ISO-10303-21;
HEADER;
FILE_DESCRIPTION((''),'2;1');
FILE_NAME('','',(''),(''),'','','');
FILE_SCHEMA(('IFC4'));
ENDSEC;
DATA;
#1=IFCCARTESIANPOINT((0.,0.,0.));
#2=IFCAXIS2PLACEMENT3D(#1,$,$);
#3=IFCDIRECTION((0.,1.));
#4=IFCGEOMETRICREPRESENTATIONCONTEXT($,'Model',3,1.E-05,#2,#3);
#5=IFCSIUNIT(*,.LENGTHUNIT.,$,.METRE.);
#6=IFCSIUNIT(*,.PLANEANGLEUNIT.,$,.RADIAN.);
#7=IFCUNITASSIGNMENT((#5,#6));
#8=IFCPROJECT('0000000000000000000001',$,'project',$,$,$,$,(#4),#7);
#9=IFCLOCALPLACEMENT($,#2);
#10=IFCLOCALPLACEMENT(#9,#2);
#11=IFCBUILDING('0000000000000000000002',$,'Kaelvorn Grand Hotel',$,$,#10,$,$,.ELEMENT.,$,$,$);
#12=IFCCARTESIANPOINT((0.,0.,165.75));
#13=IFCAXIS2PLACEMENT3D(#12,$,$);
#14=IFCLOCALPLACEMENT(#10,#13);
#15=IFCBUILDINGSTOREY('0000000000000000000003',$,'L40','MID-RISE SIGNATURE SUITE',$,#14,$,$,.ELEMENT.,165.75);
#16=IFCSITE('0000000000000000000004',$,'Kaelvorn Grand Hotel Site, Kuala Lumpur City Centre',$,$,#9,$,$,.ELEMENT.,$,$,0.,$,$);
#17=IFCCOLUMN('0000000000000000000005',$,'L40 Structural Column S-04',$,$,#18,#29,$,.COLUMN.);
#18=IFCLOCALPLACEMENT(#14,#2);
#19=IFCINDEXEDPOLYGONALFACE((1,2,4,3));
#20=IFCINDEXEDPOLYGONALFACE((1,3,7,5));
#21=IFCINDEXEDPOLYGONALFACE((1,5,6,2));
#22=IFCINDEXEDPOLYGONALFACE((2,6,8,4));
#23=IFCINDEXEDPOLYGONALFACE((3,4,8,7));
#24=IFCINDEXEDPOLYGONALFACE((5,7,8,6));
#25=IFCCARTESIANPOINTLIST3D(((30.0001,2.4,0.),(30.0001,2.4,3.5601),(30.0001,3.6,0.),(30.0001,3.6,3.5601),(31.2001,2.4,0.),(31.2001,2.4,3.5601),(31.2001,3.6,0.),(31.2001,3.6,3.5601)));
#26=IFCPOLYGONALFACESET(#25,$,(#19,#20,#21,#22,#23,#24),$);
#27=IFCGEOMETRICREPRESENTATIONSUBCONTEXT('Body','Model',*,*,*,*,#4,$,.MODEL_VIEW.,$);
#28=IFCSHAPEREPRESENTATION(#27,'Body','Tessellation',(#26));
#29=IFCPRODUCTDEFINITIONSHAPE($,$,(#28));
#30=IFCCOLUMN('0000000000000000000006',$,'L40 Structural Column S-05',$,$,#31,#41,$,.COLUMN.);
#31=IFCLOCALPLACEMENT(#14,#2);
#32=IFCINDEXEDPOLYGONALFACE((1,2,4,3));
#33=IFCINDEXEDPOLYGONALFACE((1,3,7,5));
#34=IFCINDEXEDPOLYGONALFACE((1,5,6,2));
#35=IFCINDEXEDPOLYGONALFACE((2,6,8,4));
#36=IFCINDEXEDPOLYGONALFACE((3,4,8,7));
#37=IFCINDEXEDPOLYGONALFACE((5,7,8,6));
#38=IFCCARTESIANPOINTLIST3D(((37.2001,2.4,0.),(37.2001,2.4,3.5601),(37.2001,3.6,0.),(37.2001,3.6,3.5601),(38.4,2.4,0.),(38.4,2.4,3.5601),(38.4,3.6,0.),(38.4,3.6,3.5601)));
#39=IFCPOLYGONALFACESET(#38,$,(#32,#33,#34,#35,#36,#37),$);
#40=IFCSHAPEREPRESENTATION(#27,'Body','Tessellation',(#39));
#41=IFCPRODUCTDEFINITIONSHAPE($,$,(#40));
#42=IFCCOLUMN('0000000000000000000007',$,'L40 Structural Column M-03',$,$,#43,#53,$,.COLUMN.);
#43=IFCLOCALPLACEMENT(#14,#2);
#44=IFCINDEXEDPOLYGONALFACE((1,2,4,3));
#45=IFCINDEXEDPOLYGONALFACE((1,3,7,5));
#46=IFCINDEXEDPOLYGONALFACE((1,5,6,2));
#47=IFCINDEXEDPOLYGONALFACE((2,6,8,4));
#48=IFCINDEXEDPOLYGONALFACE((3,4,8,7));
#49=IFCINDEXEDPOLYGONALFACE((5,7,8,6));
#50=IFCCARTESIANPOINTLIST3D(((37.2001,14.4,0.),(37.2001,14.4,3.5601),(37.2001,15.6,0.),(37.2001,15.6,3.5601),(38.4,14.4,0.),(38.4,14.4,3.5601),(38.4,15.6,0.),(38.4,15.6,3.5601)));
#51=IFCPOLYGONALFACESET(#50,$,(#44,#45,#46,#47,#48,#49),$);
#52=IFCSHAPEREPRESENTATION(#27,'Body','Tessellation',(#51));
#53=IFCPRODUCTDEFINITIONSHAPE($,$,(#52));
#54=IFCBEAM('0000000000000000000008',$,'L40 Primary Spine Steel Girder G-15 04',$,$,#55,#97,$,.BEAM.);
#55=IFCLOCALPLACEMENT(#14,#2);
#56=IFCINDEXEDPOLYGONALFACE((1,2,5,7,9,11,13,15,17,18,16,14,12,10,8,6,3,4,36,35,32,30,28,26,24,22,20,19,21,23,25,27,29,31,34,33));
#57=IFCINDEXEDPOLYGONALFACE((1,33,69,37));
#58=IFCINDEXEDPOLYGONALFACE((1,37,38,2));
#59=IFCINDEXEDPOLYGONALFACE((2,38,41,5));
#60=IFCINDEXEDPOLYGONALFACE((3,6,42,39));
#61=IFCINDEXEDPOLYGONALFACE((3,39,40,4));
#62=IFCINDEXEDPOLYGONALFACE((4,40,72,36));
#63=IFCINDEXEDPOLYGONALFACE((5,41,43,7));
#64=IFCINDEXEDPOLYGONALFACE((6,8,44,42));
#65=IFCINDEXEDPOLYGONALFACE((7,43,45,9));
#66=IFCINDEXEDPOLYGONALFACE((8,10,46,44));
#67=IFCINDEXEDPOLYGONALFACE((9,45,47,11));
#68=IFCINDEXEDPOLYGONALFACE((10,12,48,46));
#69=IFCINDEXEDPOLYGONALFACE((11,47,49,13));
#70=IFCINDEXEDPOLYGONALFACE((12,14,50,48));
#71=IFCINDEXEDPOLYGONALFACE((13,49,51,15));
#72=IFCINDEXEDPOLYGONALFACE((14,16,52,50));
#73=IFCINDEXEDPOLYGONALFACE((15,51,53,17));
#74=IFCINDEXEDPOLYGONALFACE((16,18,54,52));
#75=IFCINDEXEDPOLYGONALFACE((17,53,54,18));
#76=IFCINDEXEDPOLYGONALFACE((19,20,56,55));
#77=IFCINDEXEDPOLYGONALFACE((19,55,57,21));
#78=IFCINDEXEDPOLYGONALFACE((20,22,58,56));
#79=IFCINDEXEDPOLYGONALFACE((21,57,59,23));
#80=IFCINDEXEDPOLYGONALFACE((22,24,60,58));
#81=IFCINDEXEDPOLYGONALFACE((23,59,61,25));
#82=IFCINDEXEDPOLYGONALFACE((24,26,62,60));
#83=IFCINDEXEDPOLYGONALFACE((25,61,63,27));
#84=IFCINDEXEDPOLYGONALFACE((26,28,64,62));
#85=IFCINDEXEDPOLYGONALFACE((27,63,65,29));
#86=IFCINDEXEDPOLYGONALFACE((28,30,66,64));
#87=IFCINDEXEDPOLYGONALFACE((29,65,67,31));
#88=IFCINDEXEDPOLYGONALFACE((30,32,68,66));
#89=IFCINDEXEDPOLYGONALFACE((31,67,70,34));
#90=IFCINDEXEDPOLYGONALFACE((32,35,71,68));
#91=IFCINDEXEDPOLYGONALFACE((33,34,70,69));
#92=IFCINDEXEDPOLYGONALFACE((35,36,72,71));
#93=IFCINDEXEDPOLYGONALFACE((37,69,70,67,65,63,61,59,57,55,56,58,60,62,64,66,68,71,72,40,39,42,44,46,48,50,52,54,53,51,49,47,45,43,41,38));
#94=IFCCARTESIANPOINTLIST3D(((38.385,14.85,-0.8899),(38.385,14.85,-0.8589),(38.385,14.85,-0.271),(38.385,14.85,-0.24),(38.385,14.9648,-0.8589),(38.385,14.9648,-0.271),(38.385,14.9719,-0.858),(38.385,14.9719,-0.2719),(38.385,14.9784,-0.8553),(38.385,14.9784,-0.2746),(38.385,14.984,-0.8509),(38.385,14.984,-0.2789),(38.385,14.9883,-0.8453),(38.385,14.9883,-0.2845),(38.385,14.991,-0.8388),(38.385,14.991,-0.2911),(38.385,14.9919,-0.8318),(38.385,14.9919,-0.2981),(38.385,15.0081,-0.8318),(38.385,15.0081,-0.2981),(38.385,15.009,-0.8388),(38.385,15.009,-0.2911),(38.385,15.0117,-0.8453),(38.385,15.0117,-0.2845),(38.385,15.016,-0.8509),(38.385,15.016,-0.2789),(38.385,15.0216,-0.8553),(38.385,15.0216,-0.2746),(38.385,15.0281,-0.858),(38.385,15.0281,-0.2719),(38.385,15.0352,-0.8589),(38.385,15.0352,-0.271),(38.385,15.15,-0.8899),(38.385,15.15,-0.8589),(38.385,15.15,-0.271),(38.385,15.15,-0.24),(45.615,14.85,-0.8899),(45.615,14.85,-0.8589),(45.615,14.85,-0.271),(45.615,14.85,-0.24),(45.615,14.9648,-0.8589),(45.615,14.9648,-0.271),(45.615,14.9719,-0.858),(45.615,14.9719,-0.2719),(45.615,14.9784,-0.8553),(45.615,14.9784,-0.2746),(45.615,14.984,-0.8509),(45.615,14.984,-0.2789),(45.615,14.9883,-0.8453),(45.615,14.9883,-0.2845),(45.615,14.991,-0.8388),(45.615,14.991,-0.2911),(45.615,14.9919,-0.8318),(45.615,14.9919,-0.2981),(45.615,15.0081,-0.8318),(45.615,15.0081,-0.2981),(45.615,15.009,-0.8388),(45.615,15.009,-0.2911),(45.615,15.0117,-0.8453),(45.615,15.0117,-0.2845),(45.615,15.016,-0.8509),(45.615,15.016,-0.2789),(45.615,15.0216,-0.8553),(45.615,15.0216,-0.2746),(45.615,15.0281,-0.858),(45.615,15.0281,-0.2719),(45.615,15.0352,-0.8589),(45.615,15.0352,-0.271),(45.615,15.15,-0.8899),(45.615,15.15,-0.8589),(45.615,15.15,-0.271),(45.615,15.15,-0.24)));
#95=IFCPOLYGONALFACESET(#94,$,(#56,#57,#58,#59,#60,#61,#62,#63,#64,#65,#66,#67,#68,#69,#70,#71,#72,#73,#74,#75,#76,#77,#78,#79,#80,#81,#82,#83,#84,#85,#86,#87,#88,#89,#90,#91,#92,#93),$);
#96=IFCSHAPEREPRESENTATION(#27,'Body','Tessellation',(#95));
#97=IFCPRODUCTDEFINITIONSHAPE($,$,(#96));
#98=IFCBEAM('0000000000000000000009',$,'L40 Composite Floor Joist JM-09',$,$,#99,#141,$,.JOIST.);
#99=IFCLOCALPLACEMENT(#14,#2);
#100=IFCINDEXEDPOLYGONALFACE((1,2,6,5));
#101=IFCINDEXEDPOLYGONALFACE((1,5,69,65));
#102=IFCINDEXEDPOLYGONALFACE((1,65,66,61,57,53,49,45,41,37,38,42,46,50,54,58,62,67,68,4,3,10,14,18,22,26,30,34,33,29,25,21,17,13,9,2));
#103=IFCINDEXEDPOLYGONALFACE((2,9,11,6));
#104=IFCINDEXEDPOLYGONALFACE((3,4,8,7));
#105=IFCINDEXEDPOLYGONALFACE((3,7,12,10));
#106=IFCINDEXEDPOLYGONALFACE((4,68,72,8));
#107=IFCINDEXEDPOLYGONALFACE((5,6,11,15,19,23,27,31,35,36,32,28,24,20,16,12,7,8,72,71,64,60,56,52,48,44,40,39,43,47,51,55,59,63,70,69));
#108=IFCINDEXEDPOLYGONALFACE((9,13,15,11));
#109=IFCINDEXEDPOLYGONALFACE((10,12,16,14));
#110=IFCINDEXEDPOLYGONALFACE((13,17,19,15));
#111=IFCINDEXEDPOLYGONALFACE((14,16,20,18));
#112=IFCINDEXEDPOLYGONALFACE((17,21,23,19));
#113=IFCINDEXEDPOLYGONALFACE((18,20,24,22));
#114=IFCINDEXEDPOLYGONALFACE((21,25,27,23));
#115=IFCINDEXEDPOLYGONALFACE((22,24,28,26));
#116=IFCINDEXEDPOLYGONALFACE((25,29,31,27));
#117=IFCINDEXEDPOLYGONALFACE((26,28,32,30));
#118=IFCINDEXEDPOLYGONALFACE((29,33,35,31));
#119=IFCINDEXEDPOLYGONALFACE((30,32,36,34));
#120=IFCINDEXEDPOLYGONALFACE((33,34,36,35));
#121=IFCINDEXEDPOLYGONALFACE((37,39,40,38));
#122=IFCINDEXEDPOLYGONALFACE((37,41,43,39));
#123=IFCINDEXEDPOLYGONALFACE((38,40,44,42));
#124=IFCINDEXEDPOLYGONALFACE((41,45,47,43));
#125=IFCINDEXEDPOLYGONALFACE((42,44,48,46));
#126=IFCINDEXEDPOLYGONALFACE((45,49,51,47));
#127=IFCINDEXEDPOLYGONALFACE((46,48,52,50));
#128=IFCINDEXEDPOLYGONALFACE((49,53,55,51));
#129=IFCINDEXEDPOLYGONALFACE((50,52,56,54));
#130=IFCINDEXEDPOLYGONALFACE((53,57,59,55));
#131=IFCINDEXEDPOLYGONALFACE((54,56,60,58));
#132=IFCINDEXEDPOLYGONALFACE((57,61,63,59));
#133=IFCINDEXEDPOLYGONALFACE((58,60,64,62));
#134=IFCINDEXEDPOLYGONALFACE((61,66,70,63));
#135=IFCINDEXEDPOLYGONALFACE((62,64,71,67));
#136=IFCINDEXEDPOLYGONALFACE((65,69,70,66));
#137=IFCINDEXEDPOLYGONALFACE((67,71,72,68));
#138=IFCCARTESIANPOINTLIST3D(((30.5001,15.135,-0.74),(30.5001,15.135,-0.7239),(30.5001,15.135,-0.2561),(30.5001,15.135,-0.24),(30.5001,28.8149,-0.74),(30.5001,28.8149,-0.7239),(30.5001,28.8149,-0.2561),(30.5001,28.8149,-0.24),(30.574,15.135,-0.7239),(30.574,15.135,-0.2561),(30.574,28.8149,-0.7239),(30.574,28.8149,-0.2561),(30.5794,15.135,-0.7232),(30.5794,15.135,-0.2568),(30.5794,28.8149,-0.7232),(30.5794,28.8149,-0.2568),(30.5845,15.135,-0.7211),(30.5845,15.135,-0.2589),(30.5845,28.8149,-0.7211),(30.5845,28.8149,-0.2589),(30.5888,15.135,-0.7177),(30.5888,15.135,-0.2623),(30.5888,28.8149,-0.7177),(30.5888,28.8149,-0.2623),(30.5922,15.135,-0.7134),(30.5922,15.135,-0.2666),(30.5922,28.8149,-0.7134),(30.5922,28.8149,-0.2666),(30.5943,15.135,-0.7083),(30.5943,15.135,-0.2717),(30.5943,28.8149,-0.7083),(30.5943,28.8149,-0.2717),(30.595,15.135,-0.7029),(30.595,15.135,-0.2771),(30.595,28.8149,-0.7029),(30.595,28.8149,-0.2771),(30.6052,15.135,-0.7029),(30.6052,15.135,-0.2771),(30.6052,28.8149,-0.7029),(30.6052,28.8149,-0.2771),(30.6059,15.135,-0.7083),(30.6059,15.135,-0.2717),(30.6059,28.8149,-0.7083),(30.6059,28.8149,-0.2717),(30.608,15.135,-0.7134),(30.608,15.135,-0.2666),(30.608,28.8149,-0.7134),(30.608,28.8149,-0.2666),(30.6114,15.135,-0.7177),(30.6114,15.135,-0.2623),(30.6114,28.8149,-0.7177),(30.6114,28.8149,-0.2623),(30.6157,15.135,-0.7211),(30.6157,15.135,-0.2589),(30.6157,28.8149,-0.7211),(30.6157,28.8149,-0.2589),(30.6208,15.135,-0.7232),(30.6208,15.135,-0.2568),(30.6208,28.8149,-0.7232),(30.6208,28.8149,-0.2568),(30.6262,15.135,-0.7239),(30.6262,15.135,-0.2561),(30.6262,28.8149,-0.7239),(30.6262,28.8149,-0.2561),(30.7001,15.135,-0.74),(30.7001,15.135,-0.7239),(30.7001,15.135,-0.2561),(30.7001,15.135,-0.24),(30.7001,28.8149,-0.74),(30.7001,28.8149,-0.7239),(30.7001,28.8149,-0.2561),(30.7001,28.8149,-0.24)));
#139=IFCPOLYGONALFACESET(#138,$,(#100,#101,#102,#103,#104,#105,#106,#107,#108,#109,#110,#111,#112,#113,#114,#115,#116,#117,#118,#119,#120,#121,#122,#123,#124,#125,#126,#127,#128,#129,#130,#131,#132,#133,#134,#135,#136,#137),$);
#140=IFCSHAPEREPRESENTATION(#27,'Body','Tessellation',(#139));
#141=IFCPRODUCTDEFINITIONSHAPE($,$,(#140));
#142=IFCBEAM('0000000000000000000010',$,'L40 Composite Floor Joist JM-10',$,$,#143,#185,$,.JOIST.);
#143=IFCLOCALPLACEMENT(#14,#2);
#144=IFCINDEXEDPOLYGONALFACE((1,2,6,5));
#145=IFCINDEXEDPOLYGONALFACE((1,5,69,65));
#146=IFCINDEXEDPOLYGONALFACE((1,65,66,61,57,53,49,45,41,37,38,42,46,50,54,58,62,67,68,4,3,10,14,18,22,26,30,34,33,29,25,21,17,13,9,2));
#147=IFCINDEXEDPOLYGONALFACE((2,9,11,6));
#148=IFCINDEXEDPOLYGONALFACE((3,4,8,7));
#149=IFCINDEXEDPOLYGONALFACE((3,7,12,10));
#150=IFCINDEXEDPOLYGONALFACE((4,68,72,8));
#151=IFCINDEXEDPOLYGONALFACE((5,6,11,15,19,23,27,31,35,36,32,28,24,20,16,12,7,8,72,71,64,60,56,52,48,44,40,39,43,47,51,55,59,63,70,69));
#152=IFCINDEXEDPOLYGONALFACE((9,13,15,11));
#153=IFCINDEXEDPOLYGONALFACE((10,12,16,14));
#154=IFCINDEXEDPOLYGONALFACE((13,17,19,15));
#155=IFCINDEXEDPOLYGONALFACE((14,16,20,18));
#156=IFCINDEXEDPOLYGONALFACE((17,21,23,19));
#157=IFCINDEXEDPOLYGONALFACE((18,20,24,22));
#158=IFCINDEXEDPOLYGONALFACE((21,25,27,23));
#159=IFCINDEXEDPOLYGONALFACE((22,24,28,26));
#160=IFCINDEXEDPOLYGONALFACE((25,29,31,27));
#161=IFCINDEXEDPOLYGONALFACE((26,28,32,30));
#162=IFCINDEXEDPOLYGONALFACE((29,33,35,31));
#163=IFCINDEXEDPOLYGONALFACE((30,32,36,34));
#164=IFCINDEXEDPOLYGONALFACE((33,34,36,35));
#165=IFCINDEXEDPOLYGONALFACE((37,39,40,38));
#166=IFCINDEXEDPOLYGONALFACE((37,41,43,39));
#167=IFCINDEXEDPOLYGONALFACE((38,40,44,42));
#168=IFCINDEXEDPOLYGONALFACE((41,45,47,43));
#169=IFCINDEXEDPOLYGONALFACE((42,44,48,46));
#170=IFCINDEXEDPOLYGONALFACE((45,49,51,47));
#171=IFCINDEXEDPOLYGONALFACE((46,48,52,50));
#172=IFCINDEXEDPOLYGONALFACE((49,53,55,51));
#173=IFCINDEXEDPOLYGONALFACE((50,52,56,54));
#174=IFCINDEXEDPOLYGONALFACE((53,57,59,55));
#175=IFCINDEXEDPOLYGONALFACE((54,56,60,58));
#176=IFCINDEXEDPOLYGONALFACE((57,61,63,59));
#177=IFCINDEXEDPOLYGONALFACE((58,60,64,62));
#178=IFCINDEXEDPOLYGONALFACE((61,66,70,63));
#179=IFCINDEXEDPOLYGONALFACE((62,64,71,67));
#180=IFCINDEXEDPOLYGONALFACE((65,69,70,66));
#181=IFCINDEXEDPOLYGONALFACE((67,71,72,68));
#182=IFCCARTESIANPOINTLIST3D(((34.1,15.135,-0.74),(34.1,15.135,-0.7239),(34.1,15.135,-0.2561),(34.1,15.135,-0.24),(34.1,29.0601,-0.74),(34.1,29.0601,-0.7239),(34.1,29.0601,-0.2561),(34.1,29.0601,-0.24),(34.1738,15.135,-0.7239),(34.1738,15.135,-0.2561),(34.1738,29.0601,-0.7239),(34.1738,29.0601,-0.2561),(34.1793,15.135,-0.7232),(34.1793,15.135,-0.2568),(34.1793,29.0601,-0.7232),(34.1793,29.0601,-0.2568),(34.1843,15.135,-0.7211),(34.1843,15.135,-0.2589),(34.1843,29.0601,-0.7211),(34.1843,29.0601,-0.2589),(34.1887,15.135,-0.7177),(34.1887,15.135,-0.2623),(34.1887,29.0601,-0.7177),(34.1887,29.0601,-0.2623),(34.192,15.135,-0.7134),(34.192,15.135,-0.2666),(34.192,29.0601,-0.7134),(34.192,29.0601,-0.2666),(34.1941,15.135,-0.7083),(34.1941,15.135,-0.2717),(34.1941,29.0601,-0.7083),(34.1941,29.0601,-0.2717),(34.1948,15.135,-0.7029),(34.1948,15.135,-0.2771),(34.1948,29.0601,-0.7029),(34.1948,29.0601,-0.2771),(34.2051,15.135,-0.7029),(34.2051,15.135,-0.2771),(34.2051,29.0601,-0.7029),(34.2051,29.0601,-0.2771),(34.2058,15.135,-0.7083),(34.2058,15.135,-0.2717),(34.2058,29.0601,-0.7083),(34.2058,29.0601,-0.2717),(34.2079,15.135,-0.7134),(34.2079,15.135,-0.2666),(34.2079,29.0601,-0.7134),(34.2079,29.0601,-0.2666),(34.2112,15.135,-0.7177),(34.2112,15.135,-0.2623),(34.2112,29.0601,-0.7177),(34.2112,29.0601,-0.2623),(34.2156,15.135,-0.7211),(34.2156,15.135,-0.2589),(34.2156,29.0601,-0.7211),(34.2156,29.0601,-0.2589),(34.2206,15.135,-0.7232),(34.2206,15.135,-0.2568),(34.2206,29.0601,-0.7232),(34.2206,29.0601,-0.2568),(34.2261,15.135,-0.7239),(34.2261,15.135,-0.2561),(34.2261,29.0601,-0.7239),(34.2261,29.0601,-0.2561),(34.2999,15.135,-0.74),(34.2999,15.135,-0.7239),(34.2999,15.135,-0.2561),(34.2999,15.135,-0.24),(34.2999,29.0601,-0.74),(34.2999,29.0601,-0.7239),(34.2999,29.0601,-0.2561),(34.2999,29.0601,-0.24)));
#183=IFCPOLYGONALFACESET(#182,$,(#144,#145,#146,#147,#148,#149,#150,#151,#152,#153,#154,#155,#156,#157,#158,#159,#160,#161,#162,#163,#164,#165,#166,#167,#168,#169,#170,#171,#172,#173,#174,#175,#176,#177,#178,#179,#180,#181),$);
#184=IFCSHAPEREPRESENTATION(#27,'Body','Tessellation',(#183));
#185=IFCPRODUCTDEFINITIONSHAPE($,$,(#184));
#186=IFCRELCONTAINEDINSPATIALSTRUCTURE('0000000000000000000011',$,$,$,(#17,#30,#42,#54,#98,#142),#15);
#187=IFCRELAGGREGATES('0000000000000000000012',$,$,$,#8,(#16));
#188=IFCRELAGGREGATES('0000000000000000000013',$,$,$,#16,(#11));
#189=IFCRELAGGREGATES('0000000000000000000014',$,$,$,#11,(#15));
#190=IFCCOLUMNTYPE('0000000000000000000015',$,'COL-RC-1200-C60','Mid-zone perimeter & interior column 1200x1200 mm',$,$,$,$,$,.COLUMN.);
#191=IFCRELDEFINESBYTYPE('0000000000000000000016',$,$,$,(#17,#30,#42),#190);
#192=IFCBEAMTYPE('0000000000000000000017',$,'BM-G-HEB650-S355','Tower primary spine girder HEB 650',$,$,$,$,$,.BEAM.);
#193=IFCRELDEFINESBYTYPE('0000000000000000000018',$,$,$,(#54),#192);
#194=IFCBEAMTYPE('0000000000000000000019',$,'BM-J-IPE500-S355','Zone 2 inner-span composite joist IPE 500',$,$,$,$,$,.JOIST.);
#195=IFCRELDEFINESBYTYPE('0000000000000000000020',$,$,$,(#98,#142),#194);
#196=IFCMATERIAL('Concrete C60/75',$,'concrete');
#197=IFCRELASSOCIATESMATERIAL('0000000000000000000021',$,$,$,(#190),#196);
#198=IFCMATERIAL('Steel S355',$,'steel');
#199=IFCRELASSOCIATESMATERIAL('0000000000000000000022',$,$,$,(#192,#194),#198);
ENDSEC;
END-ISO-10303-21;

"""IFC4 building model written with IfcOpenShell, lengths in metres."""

from ifc_helpers import new_model, si_unit, direction, frame, origin, origin_2d, place, context, subcontext, project, spatial, rectangle, i_section, extrude, material, material_profile, profile_set, type_object, element, save


model = new_model("IFC4")

# Units and contexts
model_context = context("Model", 3, precision=1e-05, world=origin(), true_north=direction((0.0, 1.0)))
body_context = subcontext(model_context, "Body", "Model", "MODEL_VIEW")
ifc_project = project(units=[si_unit("LENGTHUNIT", "METRE"), si_unit("PLANEANGLEUNIT", "RADIAN")], contexts=[model_context])

# Site, building, storey
site_placement = place(None, origin())
site = spatial("IfcSite", under=ifc_project, at=site_placement, Name="Kaelvorn Grand Hotel Site, Kuala Lumpur City Centre", CompositionType="ELEMENT", RefElevation=0.0)
building_placement = place(site_placement, origin())
building = spatial("IfcBuilding", under=site, at=building_placement, Name="Kaelvorn Grand Hotel", CompositionType="ELEMENT")
storey_placement = place(building_placement, frame((0.0, 0.0, 165.75)))
storey = spatial("IfcBuildingStorey", under=building, at=storey_placement, Name="L40", Description="MID-RISE SIGNATURE SUITE", CompositionType="ELEMENT", Elevation=165.75)

# Columns
ifc_material_1 = material(Name="Concrete C60/75", Category="concrete")
ifc_material_profile_1 = material_profile(ifc_material_1, rectangle(XDim=1.2, YDim=1.2, at=origin_2d()), Name="RC COL 1200x1200")
ifc_profile_set_1 = profile_set([ifc_material_profile_1], Name="Concrete C60/75")
column_type = type_object("IfcColumnType", Name="COL-RC-1200-C60", Description="Mid-zone perimeter & interior column 1200x1200 mm", PredefinedType="COLUMN", material=ifc_profile_set_1)
for number, where, z_axis, x_axis, name in (
    (1, (30.6001, 3.0, 0.0), (0.0, 0.0, 1.0), (1.0, 0.0, 0.0), "L40 Structural Column S-04"),
    (2, (37.8, 3.0, 0.0), (0.0, 0.0, 1.0), (1.0, 0.0, 0.0), "L40 Structural Column S-05"),
    (3, (37.8, 15.0, 0.0), (0.0, 0.0, 1.0), (1.0, 0.0, 0.0), "L40 Structural Column M-03"),
):
    element("IfcColumn", number, at=place(storey_placement, frame(where, z_axis=z_axis, x_axis=x_axis)), inside=storey, type_object=column_type, Name=name, PredefinedType="COLUMN", context=body_context, shape_type="SweptSolid", body=[
        extrude(rectangle(XDim=1.2, YDim=1.2, at=origin_2d()), origin(), (0.0, 0.0, 1.0), 3.5601),
    ])

# Beams
ifc_material_2 = material(Name="Steel S355", Category="steel")
ifc_material_profile_2 = material_profile(ifc_material_2, i_section(OverallWidth=0.3, OverallDepth=0.6499, WebThickness=0.0161, FlangeThickness=0.031, FilletRadius=0.0271, at=origin_2d()), Name="HEB 650")
ifc_profile_set_2 = profile_set([ifc_material_profile_2], Name="Steel S355")
beam_type_1 = type_object("IfcBeamType", Name="BM-G-HEB650-S355", Description="Tower primary spine girder HEB 650", PredefinedType="BEAM", material=ifc_profile_set_2)
beam_1_placement = place(storey_placement, frame((38.385, 15.0, -0.5649), z_axis=(1.0, 0.0, 0.0), x_axis=(0.0, 1.0, 0.0)))
element("IfcBeam", 4, at=beam_1_placement, inside=storey, type_object=beam_type_1, Name="L40 Primary Spine Steel Girder G-15 04", PredefinedType="BEAM", context=body_context, shape_type="SweptSolid", body=[
    extrude(i_section(OverallWidth=0.3, OverallDepth=0.6499, WebThickness=0.0161, FlangeThickness=0.031, FilletRadius=0.0271, at=origin_2d()), origin(), (0.0, 0.0, 1.0), 7.23),
])
ifc_material_profile_3 = material_profile(ifc_material_2, i_section(OverallWidth=0.2, OverallDepth=0.5, WebThickness=0.0103, FlangeThickness=0.0161, FilletRadius=0.021, at=origin_2d()), Name="IPE 500")
ifc_profile_set_3 = profile_set([ifc_material_profile_3], Name="Steel S355")
beam_type_2 = type_object("IfcBeamType", Name="BM-J-IPE500-S355", Description="Zone 2 inner-span composite joist IPE 500", PredefinedType="JOIST", material=ifc_profile_set_3)
beam_2_placement = place(storey_placement, frame((30.6001, 15.135, -0.49), z_axis=(0.0, 1.0, 0.0), x_axis=(-1.0, 0.0, 0.0)))
element("IfcBeam", 5, at=beam_2_placement, inside=storey, type_object=beam_type_2, Name="L40 Composite Floor Joist JM-09", PredefinedType="JOIST", context=body_context, shape_type="SweptSolid", body=[
    extrude(i_section(OverallWidth=0.2, OverallDepth=0.5, WebThickness=0.0103, FlangeThickness=0.0161, FilletRadius=0.021, at=origin_2d()), origin(), (0.0, 0.0, 1.0), 13.6799),
])
beam_3_placement = place(storey_placement, frame((34.2, 15.135, -0.49), z_axis=(0.0, 1.0, 0.0), x_axis=(-1.0, 0.0, 0.0)))
element("IfcBeam", 6, at=beam_3_placement, inside=storey, type_object=beam_type_2, Name="L40 Composite Floor Joist JM-10", PredefinedType="JOIST", context=body_context, shape_type="SweptSolid", body=[
    extrude(i_section(OverallWidth=0.2, OverallDepth=0.5, WebThickness=0.0103, FlangeThickness=0.0161, FilletRadius=0.021, at=origin_2d()), origin(), (0.0, 0.0, 1.0), 13.925),
])

save(model, "model.ifc")
